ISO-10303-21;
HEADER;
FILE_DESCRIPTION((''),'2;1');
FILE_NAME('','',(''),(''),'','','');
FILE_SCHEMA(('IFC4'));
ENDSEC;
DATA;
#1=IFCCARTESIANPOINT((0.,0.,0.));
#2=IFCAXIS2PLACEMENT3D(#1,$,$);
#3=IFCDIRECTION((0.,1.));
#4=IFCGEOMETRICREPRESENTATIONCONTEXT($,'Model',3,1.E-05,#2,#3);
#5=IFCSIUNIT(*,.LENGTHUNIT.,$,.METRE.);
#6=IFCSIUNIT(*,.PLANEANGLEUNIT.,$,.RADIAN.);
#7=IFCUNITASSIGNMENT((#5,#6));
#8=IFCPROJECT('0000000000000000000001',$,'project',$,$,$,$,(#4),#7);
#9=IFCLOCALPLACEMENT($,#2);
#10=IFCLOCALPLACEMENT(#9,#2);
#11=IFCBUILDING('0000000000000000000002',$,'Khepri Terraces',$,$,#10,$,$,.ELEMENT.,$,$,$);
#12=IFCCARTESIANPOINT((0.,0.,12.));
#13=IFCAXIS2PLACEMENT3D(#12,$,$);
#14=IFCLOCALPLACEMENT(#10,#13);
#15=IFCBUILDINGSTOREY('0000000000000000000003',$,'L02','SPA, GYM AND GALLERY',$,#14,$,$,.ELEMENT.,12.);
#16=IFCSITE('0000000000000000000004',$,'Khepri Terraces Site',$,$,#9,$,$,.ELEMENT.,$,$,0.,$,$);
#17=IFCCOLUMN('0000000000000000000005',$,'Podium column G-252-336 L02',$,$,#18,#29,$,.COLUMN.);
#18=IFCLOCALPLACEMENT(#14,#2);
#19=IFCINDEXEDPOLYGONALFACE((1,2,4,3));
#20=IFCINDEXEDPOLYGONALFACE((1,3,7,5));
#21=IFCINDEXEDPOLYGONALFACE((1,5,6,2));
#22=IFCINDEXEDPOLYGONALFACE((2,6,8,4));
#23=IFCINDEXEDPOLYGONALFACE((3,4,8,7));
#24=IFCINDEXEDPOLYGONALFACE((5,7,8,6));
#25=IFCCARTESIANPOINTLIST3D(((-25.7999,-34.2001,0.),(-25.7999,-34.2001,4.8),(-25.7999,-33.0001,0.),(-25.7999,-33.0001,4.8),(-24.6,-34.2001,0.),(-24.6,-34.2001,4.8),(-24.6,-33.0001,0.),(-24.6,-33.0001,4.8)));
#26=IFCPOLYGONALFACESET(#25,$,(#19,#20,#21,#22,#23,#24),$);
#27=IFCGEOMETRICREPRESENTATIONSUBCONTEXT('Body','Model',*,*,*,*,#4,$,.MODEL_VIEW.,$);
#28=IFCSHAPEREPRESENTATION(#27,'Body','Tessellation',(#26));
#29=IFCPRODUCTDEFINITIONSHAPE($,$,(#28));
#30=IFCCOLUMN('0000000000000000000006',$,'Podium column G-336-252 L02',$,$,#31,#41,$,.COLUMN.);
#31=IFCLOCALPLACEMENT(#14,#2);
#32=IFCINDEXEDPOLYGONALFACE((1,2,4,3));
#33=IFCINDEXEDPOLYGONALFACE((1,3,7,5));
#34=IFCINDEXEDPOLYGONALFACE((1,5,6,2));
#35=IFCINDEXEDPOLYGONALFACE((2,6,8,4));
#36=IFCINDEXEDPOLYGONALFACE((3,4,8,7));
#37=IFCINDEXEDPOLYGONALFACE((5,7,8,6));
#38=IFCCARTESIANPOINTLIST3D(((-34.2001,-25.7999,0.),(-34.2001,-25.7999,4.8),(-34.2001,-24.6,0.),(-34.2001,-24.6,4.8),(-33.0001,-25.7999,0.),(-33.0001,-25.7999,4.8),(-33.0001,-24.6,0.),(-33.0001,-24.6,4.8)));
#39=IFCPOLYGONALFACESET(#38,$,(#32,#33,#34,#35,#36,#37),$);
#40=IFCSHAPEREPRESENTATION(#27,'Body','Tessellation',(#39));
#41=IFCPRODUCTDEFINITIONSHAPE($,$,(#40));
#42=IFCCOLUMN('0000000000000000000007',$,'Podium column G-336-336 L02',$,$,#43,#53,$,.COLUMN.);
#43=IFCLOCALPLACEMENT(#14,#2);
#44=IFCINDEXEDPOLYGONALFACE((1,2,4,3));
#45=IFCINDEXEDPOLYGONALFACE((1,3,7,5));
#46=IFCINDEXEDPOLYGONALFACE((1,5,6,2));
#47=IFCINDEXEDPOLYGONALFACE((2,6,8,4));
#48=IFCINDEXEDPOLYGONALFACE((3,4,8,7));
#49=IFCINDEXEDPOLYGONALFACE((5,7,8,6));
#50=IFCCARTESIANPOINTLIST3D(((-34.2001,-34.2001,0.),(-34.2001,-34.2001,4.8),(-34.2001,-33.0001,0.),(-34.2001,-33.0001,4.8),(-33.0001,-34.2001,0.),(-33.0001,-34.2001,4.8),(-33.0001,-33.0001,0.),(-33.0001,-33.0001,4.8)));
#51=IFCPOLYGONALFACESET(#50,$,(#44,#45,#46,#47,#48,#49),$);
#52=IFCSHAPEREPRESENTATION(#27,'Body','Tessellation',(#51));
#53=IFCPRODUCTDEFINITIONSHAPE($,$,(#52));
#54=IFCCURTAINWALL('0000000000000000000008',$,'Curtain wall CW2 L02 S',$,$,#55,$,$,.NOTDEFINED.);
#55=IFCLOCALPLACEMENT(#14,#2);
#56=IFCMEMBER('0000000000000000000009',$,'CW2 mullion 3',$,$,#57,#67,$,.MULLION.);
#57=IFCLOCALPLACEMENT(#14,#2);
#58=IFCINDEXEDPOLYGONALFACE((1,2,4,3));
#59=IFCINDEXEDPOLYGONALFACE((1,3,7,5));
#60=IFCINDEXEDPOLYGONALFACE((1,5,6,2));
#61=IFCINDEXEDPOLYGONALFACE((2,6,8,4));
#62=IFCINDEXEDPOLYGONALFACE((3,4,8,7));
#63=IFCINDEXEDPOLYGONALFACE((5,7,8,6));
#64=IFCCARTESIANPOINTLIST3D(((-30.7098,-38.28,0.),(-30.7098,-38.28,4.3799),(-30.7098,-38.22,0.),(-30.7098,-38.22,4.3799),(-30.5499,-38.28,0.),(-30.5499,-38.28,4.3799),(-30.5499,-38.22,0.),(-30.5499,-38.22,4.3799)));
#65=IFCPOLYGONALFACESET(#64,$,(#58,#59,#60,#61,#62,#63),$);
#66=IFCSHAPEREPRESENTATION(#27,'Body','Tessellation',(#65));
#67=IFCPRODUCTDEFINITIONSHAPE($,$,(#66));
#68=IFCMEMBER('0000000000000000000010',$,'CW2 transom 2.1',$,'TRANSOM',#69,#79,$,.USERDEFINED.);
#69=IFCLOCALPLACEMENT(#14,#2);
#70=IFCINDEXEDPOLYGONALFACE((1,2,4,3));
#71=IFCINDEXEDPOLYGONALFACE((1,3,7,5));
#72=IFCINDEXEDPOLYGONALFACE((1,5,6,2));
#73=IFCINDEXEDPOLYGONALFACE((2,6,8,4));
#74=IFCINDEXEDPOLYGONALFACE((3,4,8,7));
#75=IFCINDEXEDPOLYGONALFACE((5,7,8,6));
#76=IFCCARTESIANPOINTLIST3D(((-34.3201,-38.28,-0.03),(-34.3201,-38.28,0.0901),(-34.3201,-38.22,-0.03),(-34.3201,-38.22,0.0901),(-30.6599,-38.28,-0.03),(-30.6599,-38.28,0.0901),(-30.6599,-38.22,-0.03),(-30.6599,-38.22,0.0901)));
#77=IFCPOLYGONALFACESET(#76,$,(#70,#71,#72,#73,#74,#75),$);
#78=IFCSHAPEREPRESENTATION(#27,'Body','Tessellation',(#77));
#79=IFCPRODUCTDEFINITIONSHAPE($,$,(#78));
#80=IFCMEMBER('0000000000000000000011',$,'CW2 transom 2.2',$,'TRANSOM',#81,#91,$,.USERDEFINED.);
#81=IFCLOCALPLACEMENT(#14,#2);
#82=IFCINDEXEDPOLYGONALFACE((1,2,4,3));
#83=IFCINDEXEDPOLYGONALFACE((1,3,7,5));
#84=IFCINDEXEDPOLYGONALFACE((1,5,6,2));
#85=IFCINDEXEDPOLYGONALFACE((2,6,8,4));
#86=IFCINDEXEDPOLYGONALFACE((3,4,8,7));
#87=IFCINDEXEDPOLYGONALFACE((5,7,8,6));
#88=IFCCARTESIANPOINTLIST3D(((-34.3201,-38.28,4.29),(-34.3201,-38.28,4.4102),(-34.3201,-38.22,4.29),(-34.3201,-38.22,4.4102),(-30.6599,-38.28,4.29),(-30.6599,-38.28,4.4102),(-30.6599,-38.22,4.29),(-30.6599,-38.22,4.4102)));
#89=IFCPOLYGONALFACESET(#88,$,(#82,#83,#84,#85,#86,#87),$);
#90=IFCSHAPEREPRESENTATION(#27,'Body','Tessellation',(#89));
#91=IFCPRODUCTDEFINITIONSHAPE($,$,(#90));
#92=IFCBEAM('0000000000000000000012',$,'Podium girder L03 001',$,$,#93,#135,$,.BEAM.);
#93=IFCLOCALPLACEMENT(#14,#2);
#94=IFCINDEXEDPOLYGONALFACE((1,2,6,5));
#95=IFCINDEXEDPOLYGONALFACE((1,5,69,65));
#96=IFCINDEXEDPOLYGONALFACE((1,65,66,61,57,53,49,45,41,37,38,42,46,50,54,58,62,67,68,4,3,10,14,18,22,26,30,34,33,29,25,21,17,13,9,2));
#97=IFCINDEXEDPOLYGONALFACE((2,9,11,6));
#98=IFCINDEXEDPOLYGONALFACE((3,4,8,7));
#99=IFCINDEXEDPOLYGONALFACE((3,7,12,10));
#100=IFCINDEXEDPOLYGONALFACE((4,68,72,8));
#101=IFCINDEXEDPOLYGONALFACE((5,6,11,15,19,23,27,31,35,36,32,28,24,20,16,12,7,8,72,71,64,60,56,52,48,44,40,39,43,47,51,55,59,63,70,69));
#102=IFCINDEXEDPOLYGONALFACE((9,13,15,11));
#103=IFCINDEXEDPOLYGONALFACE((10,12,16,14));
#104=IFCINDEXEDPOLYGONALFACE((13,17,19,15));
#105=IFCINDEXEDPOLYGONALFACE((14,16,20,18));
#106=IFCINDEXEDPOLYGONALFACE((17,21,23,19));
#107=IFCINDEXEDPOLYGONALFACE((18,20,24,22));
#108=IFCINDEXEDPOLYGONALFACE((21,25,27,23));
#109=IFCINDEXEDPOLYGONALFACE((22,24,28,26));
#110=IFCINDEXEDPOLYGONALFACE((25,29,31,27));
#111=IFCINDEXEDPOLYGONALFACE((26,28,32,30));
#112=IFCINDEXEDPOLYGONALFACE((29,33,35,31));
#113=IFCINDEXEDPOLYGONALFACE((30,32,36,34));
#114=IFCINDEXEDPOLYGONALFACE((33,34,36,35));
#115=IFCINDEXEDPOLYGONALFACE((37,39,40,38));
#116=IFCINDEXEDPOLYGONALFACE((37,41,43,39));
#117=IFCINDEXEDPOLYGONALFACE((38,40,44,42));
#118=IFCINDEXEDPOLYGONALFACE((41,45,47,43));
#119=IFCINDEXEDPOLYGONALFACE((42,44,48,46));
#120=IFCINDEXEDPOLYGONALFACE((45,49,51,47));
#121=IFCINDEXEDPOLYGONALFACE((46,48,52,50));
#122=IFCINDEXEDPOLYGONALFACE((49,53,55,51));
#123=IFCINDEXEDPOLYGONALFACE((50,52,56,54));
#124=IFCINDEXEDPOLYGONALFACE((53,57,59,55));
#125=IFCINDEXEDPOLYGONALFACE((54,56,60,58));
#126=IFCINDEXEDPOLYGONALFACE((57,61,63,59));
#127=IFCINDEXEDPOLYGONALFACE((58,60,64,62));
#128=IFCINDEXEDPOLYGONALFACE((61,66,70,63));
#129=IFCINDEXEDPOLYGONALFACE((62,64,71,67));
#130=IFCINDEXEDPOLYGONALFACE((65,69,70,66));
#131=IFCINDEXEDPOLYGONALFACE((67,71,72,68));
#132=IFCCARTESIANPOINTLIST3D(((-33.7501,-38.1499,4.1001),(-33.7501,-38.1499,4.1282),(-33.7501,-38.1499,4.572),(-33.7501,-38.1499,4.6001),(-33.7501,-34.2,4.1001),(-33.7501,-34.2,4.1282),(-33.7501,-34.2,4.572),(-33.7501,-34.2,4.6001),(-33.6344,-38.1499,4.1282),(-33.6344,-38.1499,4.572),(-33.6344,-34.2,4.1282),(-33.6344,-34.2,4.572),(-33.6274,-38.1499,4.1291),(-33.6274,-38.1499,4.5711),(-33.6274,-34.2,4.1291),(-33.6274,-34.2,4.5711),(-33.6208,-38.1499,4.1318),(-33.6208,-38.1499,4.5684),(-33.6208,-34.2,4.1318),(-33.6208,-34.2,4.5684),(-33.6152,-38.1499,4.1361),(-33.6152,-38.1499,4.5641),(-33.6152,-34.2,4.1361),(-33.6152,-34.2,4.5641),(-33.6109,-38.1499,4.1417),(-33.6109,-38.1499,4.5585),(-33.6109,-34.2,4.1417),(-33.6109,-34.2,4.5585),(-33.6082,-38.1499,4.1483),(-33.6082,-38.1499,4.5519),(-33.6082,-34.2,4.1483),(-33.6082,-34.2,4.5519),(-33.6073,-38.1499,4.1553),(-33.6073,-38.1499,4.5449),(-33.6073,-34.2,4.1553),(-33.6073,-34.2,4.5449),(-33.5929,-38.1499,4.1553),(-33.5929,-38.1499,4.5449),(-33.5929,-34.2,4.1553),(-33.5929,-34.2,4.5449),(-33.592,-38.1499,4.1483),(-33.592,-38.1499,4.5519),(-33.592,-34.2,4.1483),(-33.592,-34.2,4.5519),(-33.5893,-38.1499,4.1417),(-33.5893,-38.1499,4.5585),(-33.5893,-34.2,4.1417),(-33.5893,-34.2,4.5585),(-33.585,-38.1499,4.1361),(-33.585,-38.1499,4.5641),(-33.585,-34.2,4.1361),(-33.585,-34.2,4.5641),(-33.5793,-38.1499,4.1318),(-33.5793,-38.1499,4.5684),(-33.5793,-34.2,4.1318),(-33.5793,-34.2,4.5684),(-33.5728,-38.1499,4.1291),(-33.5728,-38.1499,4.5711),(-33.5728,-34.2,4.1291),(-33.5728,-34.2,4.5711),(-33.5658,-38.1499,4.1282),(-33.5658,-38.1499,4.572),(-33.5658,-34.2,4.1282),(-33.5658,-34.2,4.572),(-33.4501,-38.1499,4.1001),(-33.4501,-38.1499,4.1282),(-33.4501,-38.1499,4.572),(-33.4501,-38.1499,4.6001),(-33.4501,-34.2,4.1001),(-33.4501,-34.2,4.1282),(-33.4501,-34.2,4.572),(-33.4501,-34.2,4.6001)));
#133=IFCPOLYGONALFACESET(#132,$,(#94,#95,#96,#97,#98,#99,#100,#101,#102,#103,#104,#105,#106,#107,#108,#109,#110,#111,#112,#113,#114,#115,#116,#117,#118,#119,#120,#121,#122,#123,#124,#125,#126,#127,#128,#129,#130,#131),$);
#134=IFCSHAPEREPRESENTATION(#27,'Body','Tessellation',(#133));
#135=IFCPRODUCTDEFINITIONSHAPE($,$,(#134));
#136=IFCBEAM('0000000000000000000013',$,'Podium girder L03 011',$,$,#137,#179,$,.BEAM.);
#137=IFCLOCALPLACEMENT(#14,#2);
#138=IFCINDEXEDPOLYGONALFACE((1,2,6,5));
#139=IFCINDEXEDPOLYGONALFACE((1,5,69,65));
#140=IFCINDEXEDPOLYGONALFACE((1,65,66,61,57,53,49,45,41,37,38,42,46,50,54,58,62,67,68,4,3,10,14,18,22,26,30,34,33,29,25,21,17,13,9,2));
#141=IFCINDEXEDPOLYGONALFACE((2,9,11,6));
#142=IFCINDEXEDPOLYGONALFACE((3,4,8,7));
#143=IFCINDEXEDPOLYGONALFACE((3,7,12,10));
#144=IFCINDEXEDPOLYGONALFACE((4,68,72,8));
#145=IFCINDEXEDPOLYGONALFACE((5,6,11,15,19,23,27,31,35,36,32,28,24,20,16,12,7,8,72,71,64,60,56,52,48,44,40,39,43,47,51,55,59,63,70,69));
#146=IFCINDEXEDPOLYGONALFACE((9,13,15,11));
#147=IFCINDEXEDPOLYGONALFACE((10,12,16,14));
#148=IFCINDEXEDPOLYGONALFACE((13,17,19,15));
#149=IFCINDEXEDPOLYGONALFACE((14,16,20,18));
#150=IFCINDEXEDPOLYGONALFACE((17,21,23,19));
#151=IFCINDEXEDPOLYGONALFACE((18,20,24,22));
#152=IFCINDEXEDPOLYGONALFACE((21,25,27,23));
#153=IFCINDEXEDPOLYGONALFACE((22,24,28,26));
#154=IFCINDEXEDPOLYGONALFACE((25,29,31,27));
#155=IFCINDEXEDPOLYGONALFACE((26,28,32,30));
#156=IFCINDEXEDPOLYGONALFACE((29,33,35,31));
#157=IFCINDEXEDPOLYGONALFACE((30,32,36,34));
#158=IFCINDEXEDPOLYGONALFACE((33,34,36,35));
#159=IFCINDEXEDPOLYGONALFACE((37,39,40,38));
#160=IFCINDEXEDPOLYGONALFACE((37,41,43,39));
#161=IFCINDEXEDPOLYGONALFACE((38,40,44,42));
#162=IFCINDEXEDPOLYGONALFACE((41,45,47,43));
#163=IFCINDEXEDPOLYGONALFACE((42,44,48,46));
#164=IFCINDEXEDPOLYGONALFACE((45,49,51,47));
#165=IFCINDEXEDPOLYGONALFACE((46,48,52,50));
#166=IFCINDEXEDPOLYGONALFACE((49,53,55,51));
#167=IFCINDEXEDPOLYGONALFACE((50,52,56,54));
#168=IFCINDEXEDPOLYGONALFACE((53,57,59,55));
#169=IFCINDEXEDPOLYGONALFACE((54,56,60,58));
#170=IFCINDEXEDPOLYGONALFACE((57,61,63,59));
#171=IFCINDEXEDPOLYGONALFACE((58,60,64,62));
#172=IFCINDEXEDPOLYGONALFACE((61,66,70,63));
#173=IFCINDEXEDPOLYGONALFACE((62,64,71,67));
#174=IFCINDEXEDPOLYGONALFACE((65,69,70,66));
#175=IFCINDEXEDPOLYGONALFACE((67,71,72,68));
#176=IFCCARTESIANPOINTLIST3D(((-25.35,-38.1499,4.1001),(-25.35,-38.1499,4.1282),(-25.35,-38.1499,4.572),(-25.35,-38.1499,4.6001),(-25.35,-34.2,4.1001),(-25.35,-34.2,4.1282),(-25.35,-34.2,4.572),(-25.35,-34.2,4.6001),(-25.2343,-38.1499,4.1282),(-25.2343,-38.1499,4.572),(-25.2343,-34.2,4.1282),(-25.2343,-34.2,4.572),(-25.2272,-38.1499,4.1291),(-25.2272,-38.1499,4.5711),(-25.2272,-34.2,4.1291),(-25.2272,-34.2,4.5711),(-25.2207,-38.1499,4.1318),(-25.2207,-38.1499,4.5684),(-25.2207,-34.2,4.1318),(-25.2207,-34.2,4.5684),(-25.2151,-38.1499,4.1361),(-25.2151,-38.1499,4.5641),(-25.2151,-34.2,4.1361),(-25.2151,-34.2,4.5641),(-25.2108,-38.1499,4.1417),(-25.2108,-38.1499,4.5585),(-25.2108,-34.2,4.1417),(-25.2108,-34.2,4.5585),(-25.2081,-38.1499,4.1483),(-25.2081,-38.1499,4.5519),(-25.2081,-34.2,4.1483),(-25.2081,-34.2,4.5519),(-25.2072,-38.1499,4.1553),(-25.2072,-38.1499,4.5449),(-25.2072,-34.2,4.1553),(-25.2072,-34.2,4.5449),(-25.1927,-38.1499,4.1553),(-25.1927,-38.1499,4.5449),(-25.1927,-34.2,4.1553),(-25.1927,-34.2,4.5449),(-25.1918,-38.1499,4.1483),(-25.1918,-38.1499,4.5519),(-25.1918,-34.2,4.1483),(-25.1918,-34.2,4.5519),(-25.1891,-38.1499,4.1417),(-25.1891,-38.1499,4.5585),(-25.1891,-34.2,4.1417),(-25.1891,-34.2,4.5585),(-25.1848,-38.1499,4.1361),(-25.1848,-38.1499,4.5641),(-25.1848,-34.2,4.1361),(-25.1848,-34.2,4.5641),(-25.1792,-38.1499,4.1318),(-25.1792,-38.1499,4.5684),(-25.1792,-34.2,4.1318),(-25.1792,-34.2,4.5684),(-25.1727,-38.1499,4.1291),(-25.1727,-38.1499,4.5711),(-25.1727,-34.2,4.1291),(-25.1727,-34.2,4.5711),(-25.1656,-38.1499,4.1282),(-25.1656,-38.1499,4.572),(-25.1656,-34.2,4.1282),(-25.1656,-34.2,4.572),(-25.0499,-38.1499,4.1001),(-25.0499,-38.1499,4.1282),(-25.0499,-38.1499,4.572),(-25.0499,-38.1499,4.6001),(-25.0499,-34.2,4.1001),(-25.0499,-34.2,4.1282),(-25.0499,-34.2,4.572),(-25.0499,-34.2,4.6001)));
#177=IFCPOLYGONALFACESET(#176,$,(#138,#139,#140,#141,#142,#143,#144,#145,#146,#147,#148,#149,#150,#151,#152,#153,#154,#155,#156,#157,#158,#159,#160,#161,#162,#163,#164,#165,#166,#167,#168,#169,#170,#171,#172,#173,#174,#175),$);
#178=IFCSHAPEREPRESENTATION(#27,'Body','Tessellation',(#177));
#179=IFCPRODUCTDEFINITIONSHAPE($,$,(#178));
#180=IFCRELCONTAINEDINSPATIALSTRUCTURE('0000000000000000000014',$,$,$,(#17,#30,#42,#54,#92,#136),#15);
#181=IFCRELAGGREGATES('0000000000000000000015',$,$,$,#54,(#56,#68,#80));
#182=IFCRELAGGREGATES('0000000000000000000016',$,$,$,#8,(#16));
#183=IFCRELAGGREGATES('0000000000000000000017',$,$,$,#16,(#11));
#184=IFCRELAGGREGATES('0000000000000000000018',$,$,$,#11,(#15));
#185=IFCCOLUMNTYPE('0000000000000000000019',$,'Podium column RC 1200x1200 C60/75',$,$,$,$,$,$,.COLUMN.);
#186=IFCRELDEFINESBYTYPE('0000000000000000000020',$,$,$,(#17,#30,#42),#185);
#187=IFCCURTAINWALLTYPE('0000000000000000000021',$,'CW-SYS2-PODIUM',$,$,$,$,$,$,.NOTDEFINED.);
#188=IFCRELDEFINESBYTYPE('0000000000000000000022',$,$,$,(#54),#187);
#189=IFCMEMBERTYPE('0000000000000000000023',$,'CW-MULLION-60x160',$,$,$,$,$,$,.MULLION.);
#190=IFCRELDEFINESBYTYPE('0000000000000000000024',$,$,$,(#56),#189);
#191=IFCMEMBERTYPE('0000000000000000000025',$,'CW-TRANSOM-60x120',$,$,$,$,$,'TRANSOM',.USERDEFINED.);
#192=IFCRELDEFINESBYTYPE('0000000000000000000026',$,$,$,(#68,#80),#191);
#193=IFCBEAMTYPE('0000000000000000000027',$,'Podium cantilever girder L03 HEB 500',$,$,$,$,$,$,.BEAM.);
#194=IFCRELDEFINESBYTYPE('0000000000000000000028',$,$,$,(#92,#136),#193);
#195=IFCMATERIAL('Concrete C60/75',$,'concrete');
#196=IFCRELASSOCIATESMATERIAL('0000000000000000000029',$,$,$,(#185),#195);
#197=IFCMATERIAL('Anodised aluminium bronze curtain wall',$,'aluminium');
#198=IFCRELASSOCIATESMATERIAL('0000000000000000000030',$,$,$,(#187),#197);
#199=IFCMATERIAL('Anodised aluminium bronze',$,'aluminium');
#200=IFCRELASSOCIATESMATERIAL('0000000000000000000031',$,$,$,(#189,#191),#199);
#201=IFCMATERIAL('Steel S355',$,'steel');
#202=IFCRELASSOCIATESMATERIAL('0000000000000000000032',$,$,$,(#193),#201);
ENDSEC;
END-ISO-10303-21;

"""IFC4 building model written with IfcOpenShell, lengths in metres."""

from ifc_helpers import new_model, si_unit, direction, frame, origin, origin_2d, place, context, subcontext, project, spatial, rectangle, i_section, extrude, material, material_profile, profile_set, type_object, element, aggregate, save


model = new_model("IFC4")

# Units and contexts
model_context = context("Model", 3, precision=1e-05, world=origin(), true_north=direction((0.0, 1.0)))
body_context = subcontext(model_context, "Body", "Model", "MODEL_VIEW")
ifc_project = project(units=[si_unit("LENGTHUNIT", "METRE"), si_unit("PLANEANGLEUNIT", "RADIAN")], contexts=[model_context])

# Site, building, storey
site_placement = place(None, origin())
site = spatial("IfcSite", under=ifc_project, at=site_placement, Name="Khepri Terraces Site", CompositionType="ELEMENT", RefElevation=0.0)
building_placement = place(site_placement, origin())
building = spatial("IfcBuilding", under=site, at=building_placement, Name="Khepri Terraces", CompositionType="ELEMENT")
storey_placement = place(building_placement, frame((0.0, 0.0, 12.0)))
storey = spatial("IfcBuildingStorey", under=building, at=storey_placement, Name="L02", Description="SPA, GYM AND GALLERY", CompositionType="ELEMENT", Elevation=12.0)

# Columns
ifc_material_1 = material(Name="Concrete C60/75", Category="concrete")
ifc_material_profile_1 = material_profile(ifc_material_1, rectangle(XDim=1.2, YDim=1.2, at=origin_2d()), Name="Concrete C60/75", Category="concrete")
ifc_profile_set_1 = profile_set([ifc_material_profile_1], Name="Concrete C60/75")
column_type = type_object("IfcColumnType", Name="Podium column RC 1200x1200 C60/75", PredefinedType="COLUMN", material=ifc_profile_set_1)
for number, where, z_axis, x_axis, name in (
    (1, (-25.2, -33.6001, 0.0), (0.0, 0.0, 1.0), (1.0, 0.0, 0.0), "Podium column G-252-336 L02"),
    (2, (-33.6001, -25.2, 0.0), (0.0, 0.0, 1.0), (1.0, 0.0, 0.0), "Podium column G-336-252 L02"),
    (3, (-33.6001, -33.6001, 0.0), (0.0, 0.0, 1.0), (1.0, 0.0, 0.0), "Podium column G-336-336 L02"),
):
    element("IfcColumn", number, at=place(storey_placement, frame(where, z_axis=z_axis, x_axis=x_axis)), inside=storey, type_object=column_type, Name=name, PredefinedType="COLUMN", context=body_context, shape_type="SweptSolid", body=[
        extrude(rectangle(XDim=1.2, YDim=1.2, at=origin_2d()), origin(), (0.0, 0.0, 1.0), 4.8),
    ])

# Curtain wall, members
ifc_material_2 = material(Name="Anodised aluminium bronze curtain wall", Category="aluminium")
curtain_wall_type = type_object("IfcCurtainWallType", Name="CW-SYS2-PODIUM", PredefinedType="NOTDEFINED", material=ifc_material_2)
curtain_wall_placement = place(storey_placement, origin())
curtain_wall = element("IfcCurtainWall", 4, at=curtain_wall_placement, inside=storey, type_object=curtain_wall_type, Name="Curtain wall CW2 L02 S", PredefinedType="NOTDEFINED")
ifc_material_3 = material(Name="Anodised aluminium bronze", Category="aluminium")
ifc_material_profile_2 = material_profile(ifc_material_3, rectangle(XDim=0.0601, YDim=0.1599, at=origin_2d()), Name="Anodised aluminium bronze", Category="aluminium")
ifc_profile_set_2 = profile_set([ifc_material_profile_2], Name="Anodised aluminium bronze")
member_type_1 = type_object("IfcMemberType", Name="CW-MULLION-60x160", PredefinedType="MULLION", material=ifc_profile_set_2)
member_1_placement = place(storey_placement, frame((-30.6299, -38.25, 0.0), z_axis=(0.0, 0.0, 1.0), x_axis=(0.0, 1.0, 0.0)))
member_1 = element("IfcMember", 5, at=member_1_placement, type_object=member_type_1, Name="CW2 mullion 3", PredefinedType="MULLION", context=body_context, shape_type="SweptSolid", body=[
    extrude(rectangle(XDim=0.0601, YDim=0.1599, at=origin_2d()), origin(), (0.0, 0.0, 1.0), 4.3799),
])
ifc_material_profile_3 = material_profile(ifc_material_3, rectangle(XDim=0.0601, YDim=0.1201, at=origin_2d()), Name="Anodised aluminium bronze", Category="aluminium")
ifc_profile_set_3 = profile_set([ifc_material_profile_3], Name="Anodised aluminium bronze")
member_type_2 = type_object("IfcMemberType", Name="CW-TRANSOM-60x120", ElementType="TRANSOM", PredefinedType="USERDEFINED", material=ifc_profile_set_3)
member_2_placement = place(storey_placement, frame((-34.3201, -38.25, 0.03), z_axis=(1.0, 0.0, 0.0), x_axis=(0.0, 1.0, 0.0)))
member_2 = element("IfcMember", 6, at=member_2_placement, type_object=member_type_2, Name="CW2 transom 2.1", ObjectType="TRANSOM", PredefinedType="USERDEFINED", context=body_context, shape_type="SweptSolid", body=[
    extrude(rectangle(XDim=0.0601, YDim=0.1201, at=origin_2d()), origin(), (0.0, 0.0, 1.0), 3.6602),
])
member_3_placement = place(storey_placement, frame((-34.3201, -38.25, 4.3501), z_axis=(1.0, 0.0, 0.0), x_axis=(0.0, 1.0, 0.0)))
member_3 = element("IfcMember", 7, at=member_3_placement, type_object=member_type_2, Name="CW2 transom 2.2", ObjectType="TRANSOM", PredefinedType="USERDEFINED", context=body_context, shape_type="SweptSolid", body=[
    extrude(rectangle(XDim=0.0601, YDim=0.1201, at=origin_2d()), origin(), (0.0, 0.0, 1.0), 3.6602),
])

# Beams
ifc_material_4 = material(Name="Steel S355", Category="steel")
ifc_material_profile_4 = material_profile(ifc_material_4, i_section(OverallWidth=0.3, OverallDepth=0.5, WebThickness=0.0144, FlangeThickness=0.0281, FilletRadius=0.0271, at=origin_2d()), Name="Steel S355", Category="steel")
ifc_profile_set_4 = profile_set([ifc_material_profile_4], Name="Steel S355")
beam_type_1 = type_object("IfcBeamType", Name="Podium cantilever girder L03 HEB 500", PredefinedType="BEAM", material=ifc_profile_set_4)
for number, where, z_axis, x_axis, name in (
    (8, (-33.6001, -38.1499, 4.3501), (0.0, 1.0, 0.0), (-1.0, 0.0, 0.0), "Podium girder L03 001"),
    (9, (-25.2, -38.1499, 4.3501), (0.0, 1.0, 0.0), (-1.0, 0.0, 0.0), "Podium girder L03 011"),
):
    element("IfcBeam", number, at=place(storey_placement, frame(where, z_axis=z_axis, x_axis=x_axis)), inside=storey, type_object=beam_type_1, Name=name, PredefinedType="BEAM", context=body_context, shape_type="SweptSolid", body=[
        extrude(i_section(OverallWidth=0.3, OverallDepth=0.5, WebThickness=0.0144, FlangeThickness=0.0281, FilletRadius=0.0271, at=origin_2d()), origin(), (0.0, 0.0, 1.0), 3.95),
    ])

aggregate(curtain_wall, [member_1, member_2, member_3])

save(model, "model.ifc")
